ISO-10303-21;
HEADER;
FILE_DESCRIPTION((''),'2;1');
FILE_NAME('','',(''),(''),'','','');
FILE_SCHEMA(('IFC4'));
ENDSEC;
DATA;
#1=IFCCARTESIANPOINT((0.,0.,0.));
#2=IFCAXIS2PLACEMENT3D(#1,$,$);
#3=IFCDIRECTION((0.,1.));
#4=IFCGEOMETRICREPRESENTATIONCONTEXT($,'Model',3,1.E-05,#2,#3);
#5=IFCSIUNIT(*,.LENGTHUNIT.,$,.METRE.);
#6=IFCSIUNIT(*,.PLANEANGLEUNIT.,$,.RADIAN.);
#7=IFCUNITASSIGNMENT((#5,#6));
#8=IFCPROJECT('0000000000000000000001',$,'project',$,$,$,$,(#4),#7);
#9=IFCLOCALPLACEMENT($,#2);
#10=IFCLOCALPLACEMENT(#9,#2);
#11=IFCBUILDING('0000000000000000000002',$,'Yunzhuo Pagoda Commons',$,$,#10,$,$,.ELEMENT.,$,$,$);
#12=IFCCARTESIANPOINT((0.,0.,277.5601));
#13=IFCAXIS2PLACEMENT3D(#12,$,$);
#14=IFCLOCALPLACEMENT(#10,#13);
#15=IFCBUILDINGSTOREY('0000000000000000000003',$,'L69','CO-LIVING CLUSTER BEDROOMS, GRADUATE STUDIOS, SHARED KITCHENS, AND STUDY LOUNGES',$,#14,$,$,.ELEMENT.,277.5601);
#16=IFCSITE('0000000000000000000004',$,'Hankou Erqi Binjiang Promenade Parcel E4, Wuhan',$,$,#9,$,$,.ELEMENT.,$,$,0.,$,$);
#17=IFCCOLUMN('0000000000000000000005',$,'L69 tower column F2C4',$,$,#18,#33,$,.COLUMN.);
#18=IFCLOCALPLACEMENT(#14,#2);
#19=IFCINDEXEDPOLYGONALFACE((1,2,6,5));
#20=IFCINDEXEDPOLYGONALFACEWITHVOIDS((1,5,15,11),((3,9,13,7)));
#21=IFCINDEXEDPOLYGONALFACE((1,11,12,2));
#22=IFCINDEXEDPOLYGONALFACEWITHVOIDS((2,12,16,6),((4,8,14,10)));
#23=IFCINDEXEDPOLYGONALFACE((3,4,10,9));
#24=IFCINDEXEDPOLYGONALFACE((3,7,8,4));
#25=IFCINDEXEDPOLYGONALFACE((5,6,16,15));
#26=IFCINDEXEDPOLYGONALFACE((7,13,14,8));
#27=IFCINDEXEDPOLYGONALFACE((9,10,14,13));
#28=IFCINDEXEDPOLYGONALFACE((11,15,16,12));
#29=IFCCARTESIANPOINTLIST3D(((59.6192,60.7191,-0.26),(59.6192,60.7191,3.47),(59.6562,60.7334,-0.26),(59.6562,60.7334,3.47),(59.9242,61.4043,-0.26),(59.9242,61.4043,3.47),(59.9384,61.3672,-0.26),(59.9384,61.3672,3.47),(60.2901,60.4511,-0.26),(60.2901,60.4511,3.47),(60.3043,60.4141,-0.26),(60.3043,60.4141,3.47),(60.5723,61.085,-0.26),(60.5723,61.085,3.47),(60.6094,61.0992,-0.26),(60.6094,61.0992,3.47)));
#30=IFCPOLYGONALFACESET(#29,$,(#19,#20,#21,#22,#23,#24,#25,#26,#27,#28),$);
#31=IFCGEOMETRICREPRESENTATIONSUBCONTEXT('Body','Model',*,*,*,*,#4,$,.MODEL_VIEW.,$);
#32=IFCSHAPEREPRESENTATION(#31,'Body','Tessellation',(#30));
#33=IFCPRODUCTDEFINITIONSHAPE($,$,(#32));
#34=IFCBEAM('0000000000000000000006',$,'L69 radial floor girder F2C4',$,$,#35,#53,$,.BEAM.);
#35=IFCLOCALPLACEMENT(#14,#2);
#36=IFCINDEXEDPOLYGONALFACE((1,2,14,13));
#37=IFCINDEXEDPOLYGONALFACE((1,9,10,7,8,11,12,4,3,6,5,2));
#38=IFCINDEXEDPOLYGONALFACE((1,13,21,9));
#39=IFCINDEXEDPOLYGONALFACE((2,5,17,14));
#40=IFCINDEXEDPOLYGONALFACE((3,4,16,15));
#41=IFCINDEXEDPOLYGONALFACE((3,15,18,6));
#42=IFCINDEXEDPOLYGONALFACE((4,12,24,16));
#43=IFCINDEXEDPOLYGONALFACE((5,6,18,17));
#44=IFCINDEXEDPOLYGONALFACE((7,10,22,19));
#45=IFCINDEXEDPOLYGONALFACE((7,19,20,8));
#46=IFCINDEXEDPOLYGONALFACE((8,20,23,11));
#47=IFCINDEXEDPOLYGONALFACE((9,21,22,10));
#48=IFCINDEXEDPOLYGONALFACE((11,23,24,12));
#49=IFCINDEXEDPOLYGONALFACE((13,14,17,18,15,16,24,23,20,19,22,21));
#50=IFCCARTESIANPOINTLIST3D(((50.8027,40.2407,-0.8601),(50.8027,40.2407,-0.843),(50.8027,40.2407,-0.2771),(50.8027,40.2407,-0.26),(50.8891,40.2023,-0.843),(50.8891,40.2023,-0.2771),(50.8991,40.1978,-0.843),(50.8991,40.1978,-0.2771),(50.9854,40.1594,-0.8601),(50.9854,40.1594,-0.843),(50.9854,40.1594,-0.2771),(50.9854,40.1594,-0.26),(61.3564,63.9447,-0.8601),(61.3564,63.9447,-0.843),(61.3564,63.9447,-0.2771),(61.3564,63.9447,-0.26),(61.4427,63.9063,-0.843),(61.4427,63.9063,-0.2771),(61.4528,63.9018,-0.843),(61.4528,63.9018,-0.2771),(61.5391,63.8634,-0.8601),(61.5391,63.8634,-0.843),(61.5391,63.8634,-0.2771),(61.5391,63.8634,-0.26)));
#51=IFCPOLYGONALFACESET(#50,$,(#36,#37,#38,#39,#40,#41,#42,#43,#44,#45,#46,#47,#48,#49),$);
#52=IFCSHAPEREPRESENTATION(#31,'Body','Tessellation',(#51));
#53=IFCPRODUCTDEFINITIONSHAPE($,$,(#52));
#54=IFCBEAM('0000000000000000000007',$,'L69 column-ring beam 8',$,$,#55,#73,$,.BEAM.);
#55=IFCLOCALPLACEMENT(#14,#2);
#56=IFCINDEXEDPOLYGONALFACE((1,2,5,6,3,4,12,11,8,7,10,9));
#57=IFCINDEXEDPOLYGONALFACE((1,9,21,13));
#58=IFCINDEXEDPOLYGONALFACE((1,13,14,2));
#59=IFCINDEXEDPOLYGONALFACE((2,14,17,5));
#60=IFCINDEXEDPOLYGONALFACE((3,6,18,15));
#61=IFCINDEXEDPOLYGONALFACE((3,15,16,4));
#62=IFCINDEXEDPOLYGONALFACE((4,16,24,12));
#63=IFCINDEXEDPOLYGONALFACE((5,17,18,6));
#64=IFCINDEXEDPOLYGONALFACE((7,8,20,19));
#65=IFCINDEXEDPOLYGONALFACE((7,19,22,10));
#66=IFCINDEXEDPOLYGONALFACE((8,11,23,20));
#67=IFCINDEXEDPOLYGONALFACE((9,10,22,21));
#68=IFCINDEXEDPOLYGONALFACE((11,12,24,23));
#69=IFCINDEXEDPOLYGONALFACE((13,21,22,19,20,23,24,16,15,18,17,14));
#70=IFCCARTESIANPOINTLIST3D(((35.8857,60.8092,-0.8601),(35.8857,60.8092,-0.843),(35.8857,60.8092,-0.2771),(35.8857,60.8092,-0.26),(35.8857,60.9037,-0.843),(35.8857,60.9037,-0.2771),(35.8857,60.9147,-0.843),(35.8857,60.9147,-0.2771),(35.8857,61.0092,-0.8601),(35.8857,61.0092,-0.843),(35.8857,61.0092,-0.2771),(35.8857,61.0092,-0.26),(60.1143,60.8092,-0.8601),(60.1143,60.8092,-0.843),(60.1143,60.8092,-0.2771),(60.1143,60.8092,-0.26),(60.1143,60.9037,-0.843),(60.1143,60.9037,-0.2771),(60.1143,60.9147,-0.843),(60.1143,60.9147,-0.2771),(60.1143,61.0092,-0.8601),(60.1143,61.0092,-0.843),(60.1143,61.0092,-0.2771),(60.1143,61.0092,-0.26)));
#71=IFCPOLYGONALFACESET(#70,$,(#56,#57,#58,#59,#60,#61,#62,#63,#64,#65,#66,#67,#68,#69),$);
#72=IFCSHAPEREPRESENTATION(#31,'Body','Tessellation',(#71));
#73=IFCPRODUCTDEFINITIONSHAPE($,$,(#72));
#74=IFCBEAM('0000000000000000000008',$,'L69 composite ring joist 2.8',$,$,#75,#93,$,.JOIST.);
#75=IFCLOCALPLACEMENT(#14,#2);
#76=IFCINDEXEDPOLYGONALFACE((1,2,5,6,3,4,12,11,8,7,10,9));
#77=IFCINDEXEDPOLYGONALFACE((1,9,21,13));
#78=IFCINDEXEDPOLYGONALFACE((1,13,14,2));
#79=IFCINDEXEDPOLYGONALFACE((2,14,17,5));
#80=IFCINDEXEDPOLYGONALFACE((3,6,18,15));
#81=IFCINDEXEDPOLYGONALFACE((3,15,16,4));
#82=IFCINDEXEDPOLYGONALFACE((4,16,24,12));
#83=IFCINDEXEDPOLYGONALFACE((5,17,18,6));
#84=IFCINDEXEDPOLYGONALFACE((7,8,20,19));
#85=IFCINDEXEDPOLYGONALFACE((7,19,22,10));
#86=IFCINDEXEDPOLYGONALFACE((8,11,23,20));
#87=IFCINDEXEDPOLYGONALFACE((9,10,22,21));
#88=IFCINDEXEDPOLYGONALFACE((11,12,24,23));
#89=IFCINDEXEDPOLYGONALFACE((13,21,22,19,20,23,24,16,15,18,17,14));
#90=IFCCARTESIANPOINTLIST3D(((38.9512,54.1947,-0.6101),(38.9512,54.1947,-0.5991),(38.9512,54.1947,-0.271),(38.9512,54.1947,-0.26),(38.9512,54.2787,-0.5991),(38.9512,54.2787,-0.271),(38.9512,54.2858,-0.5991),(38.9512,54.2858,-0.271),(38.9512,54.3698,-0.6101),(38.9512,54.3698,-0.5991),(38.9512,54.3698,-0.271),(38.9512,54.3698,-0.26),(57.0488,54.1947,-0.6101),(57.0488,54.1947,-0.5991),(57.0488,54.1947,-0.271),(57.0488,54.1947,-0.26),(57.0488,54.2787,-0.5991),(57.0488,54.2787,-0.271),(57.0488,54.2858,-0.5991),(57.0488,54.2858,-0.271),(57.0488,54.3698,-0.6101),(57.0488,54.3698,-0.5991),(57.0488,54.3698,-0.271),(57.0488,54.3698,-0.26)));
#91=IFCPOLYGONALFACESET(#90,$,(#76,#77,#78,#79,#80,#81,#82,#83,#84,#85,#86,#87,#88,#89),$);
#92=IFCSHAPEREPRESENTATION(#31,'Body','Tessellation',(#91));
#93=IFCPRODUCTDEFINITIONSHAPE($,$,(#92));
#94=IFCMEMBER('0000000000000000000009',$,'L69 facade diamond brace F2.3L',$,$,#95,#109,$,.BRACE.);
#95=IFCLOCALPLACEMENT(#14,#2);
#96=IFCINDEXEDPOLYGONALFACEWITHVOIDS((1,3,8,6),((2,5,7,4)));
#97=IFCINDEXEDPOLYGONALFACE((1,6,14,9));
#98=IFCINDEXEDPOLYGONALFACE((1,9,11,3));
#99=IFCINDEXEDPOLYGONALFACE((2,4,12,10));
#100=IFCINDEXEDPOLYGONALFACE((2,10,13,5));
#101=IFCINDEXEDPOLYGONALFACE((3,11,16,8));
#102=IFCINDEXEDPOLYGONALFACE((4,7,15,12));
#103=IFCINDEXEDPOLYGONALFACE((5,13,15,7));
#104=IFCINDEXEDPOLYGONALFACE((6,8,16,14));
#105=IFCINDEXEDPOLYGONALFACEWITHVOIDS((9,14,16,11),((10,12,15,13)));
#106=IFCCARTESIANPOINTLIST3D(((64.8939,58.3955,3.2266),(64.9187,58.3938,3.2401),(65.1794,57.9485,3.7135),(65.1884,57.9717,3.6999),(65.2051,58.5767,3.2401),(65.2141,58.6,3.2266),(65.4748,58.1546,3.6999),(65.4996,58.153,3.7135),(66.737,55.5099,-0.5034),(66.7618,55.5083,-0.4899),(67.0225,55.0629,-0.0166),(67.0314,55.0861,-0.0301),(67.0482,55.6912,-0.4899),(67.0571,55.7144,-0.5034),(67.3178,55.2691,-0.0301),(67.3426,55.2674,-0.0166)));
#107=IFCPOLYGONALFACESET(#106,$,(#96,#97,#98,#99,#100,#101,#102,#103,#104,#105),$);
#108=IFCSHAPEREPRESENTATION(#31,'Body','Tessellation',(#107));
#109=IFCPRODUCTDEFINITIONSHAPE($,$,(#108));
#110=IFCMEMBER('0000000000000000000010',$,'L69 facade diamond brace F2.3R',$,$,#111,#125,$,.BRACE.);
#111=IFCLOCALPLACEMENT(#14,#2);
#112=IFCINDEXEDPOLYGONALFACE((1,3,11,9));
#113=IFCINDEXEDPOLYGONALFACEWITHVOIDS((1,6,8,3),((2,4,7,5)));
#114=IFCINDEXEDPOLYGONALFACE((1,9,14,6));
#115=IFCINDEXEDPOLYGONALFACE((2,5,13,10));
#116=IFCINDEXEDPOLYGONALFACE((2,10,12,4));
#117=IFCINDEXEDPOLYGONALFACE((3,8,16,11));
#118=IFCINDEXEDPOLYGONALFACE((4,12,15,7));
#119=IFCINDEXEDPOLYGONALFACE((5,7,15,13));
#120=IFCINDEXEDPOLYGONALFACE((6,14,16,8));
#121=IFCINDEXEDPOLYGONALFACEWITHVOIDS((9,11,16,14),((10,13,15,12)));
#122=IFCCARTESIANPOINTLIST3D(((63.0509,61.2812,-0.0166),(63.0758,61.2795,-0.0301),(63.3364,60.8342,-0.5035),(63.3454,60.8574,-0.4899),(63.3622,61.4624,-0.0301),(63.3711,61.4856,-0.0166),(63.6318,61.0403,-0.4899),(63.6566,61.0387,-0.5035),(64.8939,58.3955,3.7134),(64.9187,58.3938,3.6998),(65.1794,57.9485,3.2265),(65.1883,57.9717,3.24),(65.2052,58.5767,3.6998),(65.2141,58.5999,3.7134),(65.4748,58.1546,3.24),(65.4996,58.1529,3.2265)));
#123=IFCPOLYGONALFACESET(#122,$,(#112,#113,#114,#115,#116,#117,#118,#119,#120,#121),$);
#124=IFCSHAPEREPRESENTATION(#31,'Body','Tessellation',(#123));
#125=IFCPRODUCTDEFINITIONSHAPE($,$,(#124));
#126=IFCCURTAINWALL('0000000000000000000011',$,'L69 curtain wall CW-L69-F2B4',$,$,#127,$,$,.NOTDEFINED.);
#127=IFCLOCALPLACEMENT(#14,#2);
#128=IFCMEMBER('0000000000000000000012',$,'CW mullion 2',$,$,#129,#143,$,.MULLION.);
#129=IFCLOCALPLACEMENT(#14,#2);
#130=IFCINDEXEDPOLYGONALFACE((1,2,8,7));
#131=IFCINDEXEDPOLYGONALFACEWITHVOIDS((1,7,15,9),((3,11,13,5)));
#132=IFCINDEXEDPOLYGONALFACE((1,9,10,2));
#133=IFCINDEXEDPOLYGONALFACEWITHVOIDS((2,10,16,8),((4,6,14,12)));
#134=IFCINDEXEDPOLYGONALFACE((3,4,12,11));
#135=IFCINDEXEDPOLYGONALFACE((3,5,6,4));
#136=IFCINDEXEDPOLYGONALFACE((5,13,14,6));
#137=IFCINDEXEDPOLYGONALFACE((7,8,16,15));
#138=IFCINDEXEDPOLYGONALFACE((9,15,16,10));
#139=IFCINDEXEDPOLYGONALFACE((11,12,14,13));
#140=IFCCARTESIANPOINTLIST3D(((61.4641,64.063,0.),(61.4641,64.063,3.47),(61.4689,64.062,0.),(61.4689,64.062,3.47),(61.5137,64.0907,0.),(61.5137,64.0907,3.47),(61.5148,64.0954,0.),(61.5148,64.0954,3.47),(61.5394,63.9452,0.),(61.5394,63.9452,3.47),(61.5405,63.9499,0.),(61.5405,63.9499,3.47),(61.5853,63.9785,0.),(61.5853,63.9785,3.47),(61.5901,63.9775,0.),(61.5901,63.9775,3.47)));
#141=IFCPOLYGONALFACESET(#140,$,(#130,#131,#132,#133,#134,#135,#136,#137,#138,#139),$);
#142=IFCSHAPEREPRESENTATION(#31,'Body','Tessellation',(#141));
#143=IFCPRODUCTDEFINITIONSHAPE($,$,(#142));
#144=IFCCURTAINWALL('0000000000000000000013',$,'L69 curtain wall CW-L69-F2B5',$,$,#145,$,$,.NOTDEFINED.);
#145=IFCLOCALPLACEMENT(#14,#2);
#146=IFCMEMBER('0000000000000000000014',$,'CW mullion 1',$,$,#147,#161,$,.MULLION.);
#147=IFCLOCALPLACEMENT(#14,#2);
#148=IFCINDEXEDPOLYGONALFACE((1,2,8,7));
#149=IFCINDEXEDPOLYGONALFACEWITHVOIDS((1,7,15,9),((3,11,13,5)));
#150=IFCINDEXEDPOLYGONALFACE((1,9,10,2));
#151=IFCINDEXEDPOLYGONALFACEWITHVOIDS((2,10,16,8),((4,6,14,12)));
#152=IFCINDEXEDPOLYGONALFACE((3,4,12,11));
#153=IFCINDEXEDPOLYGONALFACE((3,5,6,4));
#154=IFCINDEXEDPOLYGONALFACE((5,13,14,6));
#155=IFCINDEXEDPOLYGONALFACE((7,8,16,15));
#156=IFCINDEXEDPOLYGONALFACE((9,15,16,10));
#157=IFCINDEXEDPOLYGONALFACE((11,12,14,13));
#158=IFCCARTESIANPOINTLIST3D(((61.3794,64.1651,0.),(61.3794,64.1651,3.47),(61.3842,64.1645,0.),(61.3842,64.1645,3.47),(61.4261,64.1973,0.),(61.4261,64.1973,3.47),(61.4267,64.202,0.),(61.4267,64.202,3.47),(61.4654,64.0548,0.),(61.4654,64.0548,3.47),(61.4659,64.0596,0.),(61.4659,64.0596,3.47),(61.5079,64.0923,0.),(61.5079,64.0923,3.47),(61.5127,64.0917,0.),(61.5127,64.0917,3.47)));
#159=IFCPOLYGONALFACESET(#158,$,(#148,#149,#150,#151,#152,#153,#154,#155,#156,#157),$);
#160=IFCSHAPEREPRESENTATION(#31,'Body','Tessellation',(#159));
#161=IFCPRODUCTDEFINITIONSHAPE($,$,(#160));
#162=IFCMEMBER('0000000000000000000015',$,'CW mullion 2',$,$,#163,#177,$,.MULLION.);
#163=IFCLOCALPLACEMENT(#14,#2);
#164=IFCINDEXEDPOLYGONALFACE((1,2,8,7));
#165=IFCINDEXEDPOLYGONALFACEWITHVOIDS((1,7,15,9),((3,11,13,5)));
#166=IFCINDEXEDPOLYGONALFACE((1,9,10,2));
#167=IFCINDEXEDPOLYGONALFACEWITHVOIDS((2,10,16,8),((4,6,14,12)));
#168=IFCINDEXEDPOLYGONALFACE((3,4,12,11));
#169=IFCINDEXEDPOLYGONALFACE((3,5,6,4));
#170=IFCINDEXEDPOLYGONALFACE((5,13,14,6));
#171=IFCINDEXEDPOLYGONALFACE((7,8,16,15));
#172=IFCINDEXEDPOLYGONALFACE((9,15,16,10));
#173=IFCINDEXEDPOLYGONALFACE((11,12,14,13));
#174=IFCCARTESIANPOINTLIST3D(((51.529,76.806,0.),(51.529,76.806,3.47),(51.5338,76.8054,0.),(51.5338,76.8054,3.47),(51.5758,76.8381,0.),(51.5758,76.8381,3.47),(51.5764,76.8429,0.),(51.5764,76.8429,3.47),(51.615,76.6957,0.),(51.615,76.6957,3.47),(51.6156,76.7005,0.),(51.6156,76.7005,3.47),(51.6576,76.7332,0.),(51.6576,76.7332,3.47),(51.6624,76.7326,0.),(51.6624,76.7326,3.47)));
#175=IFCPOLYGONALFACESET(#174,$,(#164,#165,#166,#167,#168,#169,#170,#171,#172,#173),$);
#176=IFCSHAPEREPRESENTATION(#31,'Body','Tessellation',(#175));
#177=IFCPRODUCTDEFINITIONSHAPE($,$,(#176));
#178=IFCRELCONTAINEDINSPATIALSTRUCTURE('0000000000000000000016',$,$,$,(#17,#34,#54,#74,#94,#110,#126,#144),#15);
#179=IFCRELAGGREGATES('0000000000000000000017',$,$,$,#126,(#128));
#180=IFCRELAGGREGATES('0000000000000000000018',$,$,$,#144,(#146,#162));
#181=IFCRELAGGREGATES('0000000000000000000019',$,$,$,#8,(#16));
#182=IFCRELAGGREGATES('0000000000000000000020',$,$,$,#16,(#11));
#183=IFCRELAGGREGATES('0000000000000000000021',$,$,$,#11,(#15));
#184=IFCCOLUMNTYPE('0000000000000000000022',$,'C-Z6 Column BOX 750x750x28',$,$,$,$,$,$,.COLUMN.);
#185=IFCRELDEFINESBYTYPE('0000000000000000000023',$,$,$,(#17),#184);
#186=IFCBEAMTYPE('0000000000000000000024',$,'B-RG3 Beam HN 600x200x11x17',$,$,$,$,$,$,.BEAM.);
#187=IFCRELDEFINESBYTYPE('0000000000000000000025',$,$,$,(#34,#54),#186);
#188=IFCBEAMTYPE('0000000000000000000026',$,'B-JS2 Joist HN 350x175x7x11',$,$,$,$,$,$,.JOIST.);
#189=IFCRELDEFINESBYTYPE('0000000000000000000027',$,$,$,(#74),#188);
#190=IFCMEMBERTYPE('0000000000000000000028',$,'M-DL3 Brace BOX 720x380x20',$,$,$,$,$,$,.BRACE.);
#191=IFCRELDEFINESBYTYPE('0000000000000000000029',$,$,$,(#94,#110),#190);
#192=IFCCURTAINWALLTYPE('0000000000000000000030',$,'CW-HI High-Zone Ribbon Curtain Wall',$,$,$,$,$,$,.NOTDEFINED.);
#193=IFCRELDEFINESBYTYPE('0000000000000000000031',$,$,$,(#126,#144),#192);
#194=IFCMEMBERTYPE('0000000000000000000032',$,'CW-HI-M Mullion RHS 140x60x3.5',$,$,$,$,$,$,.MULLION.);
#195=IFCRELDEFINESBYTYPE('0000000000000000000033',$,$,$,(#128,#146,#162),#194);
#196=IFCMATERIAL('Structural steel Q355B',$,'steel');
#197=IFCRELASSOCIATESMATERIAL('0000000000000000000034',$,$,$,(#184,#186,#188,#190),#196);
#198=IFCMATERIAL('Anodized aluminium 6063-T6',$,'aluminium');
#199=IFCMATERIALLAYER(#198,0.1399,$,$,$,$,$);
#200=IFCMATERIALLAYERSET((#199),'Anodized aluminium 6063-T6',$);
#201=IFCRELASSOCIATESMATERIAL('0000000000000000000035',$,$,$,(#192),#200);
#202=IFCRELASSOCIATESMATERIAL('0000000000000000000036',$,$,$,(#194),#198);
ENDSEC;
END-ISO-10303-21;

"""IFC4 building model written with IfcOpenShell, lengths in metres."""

from ifc_helpers import new_model, si_unit, direction, frame, origin, origin_2d, place, context, subcontext, project, spatial, hollow_rectangle, i_section, extrude, source, transform, mapped, material, layer, layer_set, material_profile, profile_set, type_object, element, aggregate, save


model = new_model("IFC4")

# Units and contexts
model_context = context("Model", 3, precision=1e-05, world=origin(), true_north=direction((0.0, 1.0)))
body_context = subcontext(model_context, "Body", "Model", "MODEL_VIEW")
ifc_project = project(units=[si_unit("LENGTHUNIT", "METRE"), si_unit("PLANEANGLEUNIT", "RADIAN")], contexts=[model_context])

# Site, building, storey
site_placement = place(None, origin())
site = spatial("IfcSite", under=ifc_project, at=site_placement, Name="Hankou Erqi Binjiang Promenade Parcel E4, Wuhan", CompositionType="ELEMENT", RefElevation=0.0)
building_placement = place(site_placement, origin())
building = spatial("IfcBuilding", under=site, at=building_placement, Name="Yunzhuo Pagoda Commons", CompositionType="ELEMENT")
storey_placement = place(building_placement, frame((0.0, 0.0, 277.5601)))
storey = spatial("IfcBuildingStorey", under=building, at=storey_placement, Name="L69", Description="CO-LIVING CLUSTER BEDROOMS, GRADUATE STUDIOS, SHARED KITCHENS, AND STUDY LOUNGES", CompositionType="ELEMENT", Elevation=277.5601)

# Column
ifc_material_1 = material(Name="Structural steel Q355B", Category="steel")
ifc_material_profile_1 = material_profile(ifc_material_1, hollow_rectangle(XDim=0.75, YDim=0.75, WallThickness=0.0281, at=origin_2d()), Name="Structural steel Q355B")
ifc_profile_set_1 = profile_set([ifc_material_profile_1], Name="Structural steel Q355B")
column_type = type_object("IfcColumnType", Name="C-Z6 Column BOX 750x750x28", PredefinedType="COLUMN", material=ifc_profile_set_1)
shared_shape_1 = source(origin(), body_context, "Body", "SweptSolid", [
    extrude(hollow_rectangle(XDim=0.75, YDim=0.75, WallThickness=0.0281, at=origin_2d()), origin(), (0.0, 0.0, 1.0), 3.73),
])
column_placement = place(storey_placement, frame((60.1143, 60.9092, -0.26), z_axis=(0.0, 0.0, 1.0), x_axis=(-0.913545, 0.406737, 0.0)))
element("IfcColumn", 1, at=column_placement, inside=storey, type_object=column_type, Name="L69 tower column F2C4", PredefinedType="COLUMN", context=body_context, shape_type="MappedRepresentation", body=[
    mapped(shared_shape_1, transform((0.0, 0.0, 0.0), scale=1.0)),
])

# Beams
ifc_material_profile_2 = material_profile(ifc_material_1, i_section(OverallWidth=0.2, OverallDepth=0.6001, WebThickness=0.011, FlangeThickness=0.0171, at=origin_2d()), Name="Structural steel Q355B")
ifc_profile_set_2 = profile_set([ifc_material_profile_2], Name="Structural steel Q355B")
beam_type_1 = type_object("IfcBeamType", Name="B-RG3 Beam HN 600x200x11x17", PredefinedType="BEAM", material=ifc_profile_set_2)
shared_shape_2 = source(origin(), body_context, "Body", "SweptSolid", [
    extrude(i_section(OverallWidth=0.2, OverallDepth=0.6001, WebThickness=0.011, FlangeThickness=0.0171, at=origin_2d()), origin(), (0.0, 0.0, 1.0), 25.9473),
])
beam_1_placement = place(storey_placement, frame((61.4478, 63.9041, -0.5601), z_axis=(-0.406736, -0.913546, 0.0), x_axis=(0.913546, -0.406736, 0.0)))
element("IfcBeam", 2, at=beam_1_placement, inside=storey, type_object=beam_type_1, Name="L69 radial floor girder F2C4", PredefinedType="BEAM", context=body_context, shape_type="MappedRepresentation", body=[
    mapped(shared_shape_2, transform((0.0, 0.0, 0.0), scale=1.0)),
])
shared_shape_3 = source(origin(), body_context, "Body", "SweptSolid", [
    extrude(i_section(OverallWidth=0.2, OverallDepth=0.6001, WebThickness=0.011, FlangeThickness=0.0171, at=origin_2d()), origin(), (0.0, 0.0, 1.0), 24.2285),
])
beam_2_placement = place(storey_placement, frame((60.1143, 60.9092, -0.5601), z_axis=(-1.0, 0.0, 0.0), x_axis=(0.0, -1.0, 0.0)))
element("IfcBeam", 3, at=beam_2_placement, inside=storey, type_object=beam_type_1, Name="L69 column-ring beam 8", PredefinedType="BEAM", context=body_context, shape_type="MappedRepresentation", body=[
    mapped(shared_shape_3, transform((0.0, 0.0, 0.0), scale=1.0)),
])
ifc_material_profile_3 = material_profile(ifc_material_1, i_section(OverallWidth=0.175, OverallDepth=0.3501, WebThickness=0.0071, FlangeThickness=0.011, at=origin_2d()), Name="Structural steel Q355B")
ifc_profile_set_3 = profile_set([ifc_material_profile_3], Name="Structural steel Q355B")
beam_type_2 = type_object("IfcBeamType", Name="B-JS2 Joist HN 350x175x7x11", PredefinedType="JOIST", material=ifc_profile_set_3)
shared_shape_4 = source(origin(), body_context, "Body", "SweptSolid", [
    extrude(i_section(OverallWidth=0.175, OverallDepth=0.3501, WebThickness=0.0071, FlangeThickness=0.011, at=origin_2d()), origin(), (0.0, 0.0, 1.0), 18.0977),
])
beam_3_placement = place(storey_placement, frame((57.0488, 54.2822, -0.4351), z_axis=(-1.0, 0.0, 0.0), x_axis=(0.0, -1.0, 0.0)))
element("IfcBeam", 4, at=beam_3_placement, inside=storey, type_object=beam_type_2, Name="L69 composite ring joist 2.8", PredefinedType="JOIST", context=body_context, shape_type="MappedRepresentation", body=[
    mapped(shared_shape_4, transform((0.0, 0.0, 0.0), scale=1.0)),
])

# Members
ifc_material_profile_4 = material_profile(ifc_material_1, hollow_rectangle(XDim=0.3799, YDim=0.72, WallThickness=0.02, at=origin_2d()), Name="Structural steel Q355B")
ifc_profile_set_4 = profile_set([ifc_material_profile_4], Name="Structural steel Q355B")
member_type_1 = type_object("IfcMemberType", Name="M-DL3 Brace BOX 720x380x20", PredefinedType="BRACE", material=ifc_profile_set_4)
shared_shape_5 = source(origin(), body_context, "Body", "SweptSolid", [
    extrude(hollow_rectangle(XDim=0.3799, YDim=0.72, WallThickness=0.02, at=origin_2d()), origin(), (0.0, 0.0, 1.0), 5.0632),
])
for number, where, z_axis, x_axis, name in (
    (5, (67.0398, 55.3887, -0.26), (-0.364006, 0.569901, 0.736691), (-0.842762, -0.538287, 0.0), "L69 facade diamond brace F2.3L"),
    (6, (63.3538, 61.1599, -0.26), (0.363996, -0.569933, 0.73667), (0.842783, 0.538254, 0.0), "L69 facade diamond brace F2.3R"),
):
    element("IfcMember", number, at=place(storey_placement, frame(where, z_axis=z_axis, x_axis=x_axis)), inside=storey, type_object=member_type_1, Name=name, PredefinedType="BRACE", context=body_context, shape_type="MappedRepresentation", body=[
        mapped(shared_shape_5, transform((0.0, 0.0, 0.0), scale=1.0)),
    ])

# Curtain wall, member
ifc_material_2 = material(Name="Anodized aluminium 6063-T6", Category="aluminium")
ifc_layer_1 = layer(ifc_material_2, 0.1399)
ifc_layer_set_1 = layer_set([ifc_layer_1], Name="Anodized aluminium 6063-T6")
curtain_wall_type = type_object("IfcCurtainWallType", Name="CW-HI High-Zone Ribbon Curtain Wall", PredefinedType="NOTDEFINED", material=ifc_layer_set_1)
curtain_wall_1_placement = place(storey_placement, origin())
curtain_wall_1 = element("IfcCurtainWall", 7, at=curtain_wall_1_placement, inside=storey, type_object=curtain_wall_type, Name="L69 curtain wall CW-L69-F2B4", PredefinedType="NOTDEFINED")
ifc_material_profile_5 = material_profile(ifc_material_2, hollow_rectangle(XDim=0.0601, YDim=0.1399, WallThickness=0.0034, at=origin_2d()), Name="Anodized aluminium 6063-T6")
ifc_profile_set_5 = profile_set([ifc_material_profile_5], Name="Anodized aluminium 6063-T6")
member_type_2 = type_object("IfcMemberType", Name="CW-HI-M Mullion RHS 140x60x3.5", PredefinedType="MULLION", material=ifc_profile_set_5)
shared_shape_6 = source(origin(), body_context, "Body", "SweptSolid", [
    extrude(hollow_rectangle(XDim=0.0601, YDim=0.1399, WallThickness=0.0034, at=origin_2d()), origin(), (0.0, 0.0, 1.0), 3.47),
])
member_1_placement = place(storey_placement, frame((61.5271, 64.0203, 0.0), z_axis=(0.0, 0.0, 1.0), x_axis=(-0.842779, -0.53826, 0.0)))
member_1 = element("IfcMember", 8, at=member_1_placement, type_object=member_type_2, Name="CW mullion 2", PredefinedType="MULLION", context=body_context, shape_type="MappedRepresentation", body=[
    mapped(shared_shape_6, transform((0.0, 0.0, 0.0), scale=1.0)),
])

# Curtain wall, members
curtain_wall_2_placement = place(storey_placement, origin())
curtain_wall_2 = element("IfcCurtainWall", 9, at=curtain_wall_2_placement, inside=storey, type_object=curtain_wall_type, Name="L69 curtain wall CW-L69-F2B5", PredefinedType="NOTDEFINED")
member_2_placement = place(storey_placement, frame((61.446, 64.1284, 0.0), z_axis=(0.0, 0.0, 1.0), x_axis=(-0.788783, -0.614672, 0.0)))
member_2 = element("IfcMember", 10, at=member_2_placement, type_object=member_type_2, Name="CW mullion 1", PredefinedType="MULLION", context=body_context, shape_type="MappedRepresentation", body=[
    mapped(shared_shape_6, transform((0.0, 0.0, 0.0), scale=1.0)),
])
member_3_placement = place(storey_placement, frame((51.5957, 76.7693, 0.0), z_axis=(0.0, 0.0, 1.0), x_axis=(-0.788783, -0.614672, 0.0)))
member_3 = element("IfcMember", 11, at=member_3_placement, type_object=member_type_2, Name="CW mullion 2", PredefinedType="MULLION", context=body_context, shape_type="MappedRepresentation", body=[
    mapped(shared_shape_6, transform((0.0, 0.0, 0.0), scale=1.0)),
])

aggregate(curtain_wall_1, [member_1])
aggregate(curtain_wall_2, [member_2, member_3])

save(model, "model.ifc")
